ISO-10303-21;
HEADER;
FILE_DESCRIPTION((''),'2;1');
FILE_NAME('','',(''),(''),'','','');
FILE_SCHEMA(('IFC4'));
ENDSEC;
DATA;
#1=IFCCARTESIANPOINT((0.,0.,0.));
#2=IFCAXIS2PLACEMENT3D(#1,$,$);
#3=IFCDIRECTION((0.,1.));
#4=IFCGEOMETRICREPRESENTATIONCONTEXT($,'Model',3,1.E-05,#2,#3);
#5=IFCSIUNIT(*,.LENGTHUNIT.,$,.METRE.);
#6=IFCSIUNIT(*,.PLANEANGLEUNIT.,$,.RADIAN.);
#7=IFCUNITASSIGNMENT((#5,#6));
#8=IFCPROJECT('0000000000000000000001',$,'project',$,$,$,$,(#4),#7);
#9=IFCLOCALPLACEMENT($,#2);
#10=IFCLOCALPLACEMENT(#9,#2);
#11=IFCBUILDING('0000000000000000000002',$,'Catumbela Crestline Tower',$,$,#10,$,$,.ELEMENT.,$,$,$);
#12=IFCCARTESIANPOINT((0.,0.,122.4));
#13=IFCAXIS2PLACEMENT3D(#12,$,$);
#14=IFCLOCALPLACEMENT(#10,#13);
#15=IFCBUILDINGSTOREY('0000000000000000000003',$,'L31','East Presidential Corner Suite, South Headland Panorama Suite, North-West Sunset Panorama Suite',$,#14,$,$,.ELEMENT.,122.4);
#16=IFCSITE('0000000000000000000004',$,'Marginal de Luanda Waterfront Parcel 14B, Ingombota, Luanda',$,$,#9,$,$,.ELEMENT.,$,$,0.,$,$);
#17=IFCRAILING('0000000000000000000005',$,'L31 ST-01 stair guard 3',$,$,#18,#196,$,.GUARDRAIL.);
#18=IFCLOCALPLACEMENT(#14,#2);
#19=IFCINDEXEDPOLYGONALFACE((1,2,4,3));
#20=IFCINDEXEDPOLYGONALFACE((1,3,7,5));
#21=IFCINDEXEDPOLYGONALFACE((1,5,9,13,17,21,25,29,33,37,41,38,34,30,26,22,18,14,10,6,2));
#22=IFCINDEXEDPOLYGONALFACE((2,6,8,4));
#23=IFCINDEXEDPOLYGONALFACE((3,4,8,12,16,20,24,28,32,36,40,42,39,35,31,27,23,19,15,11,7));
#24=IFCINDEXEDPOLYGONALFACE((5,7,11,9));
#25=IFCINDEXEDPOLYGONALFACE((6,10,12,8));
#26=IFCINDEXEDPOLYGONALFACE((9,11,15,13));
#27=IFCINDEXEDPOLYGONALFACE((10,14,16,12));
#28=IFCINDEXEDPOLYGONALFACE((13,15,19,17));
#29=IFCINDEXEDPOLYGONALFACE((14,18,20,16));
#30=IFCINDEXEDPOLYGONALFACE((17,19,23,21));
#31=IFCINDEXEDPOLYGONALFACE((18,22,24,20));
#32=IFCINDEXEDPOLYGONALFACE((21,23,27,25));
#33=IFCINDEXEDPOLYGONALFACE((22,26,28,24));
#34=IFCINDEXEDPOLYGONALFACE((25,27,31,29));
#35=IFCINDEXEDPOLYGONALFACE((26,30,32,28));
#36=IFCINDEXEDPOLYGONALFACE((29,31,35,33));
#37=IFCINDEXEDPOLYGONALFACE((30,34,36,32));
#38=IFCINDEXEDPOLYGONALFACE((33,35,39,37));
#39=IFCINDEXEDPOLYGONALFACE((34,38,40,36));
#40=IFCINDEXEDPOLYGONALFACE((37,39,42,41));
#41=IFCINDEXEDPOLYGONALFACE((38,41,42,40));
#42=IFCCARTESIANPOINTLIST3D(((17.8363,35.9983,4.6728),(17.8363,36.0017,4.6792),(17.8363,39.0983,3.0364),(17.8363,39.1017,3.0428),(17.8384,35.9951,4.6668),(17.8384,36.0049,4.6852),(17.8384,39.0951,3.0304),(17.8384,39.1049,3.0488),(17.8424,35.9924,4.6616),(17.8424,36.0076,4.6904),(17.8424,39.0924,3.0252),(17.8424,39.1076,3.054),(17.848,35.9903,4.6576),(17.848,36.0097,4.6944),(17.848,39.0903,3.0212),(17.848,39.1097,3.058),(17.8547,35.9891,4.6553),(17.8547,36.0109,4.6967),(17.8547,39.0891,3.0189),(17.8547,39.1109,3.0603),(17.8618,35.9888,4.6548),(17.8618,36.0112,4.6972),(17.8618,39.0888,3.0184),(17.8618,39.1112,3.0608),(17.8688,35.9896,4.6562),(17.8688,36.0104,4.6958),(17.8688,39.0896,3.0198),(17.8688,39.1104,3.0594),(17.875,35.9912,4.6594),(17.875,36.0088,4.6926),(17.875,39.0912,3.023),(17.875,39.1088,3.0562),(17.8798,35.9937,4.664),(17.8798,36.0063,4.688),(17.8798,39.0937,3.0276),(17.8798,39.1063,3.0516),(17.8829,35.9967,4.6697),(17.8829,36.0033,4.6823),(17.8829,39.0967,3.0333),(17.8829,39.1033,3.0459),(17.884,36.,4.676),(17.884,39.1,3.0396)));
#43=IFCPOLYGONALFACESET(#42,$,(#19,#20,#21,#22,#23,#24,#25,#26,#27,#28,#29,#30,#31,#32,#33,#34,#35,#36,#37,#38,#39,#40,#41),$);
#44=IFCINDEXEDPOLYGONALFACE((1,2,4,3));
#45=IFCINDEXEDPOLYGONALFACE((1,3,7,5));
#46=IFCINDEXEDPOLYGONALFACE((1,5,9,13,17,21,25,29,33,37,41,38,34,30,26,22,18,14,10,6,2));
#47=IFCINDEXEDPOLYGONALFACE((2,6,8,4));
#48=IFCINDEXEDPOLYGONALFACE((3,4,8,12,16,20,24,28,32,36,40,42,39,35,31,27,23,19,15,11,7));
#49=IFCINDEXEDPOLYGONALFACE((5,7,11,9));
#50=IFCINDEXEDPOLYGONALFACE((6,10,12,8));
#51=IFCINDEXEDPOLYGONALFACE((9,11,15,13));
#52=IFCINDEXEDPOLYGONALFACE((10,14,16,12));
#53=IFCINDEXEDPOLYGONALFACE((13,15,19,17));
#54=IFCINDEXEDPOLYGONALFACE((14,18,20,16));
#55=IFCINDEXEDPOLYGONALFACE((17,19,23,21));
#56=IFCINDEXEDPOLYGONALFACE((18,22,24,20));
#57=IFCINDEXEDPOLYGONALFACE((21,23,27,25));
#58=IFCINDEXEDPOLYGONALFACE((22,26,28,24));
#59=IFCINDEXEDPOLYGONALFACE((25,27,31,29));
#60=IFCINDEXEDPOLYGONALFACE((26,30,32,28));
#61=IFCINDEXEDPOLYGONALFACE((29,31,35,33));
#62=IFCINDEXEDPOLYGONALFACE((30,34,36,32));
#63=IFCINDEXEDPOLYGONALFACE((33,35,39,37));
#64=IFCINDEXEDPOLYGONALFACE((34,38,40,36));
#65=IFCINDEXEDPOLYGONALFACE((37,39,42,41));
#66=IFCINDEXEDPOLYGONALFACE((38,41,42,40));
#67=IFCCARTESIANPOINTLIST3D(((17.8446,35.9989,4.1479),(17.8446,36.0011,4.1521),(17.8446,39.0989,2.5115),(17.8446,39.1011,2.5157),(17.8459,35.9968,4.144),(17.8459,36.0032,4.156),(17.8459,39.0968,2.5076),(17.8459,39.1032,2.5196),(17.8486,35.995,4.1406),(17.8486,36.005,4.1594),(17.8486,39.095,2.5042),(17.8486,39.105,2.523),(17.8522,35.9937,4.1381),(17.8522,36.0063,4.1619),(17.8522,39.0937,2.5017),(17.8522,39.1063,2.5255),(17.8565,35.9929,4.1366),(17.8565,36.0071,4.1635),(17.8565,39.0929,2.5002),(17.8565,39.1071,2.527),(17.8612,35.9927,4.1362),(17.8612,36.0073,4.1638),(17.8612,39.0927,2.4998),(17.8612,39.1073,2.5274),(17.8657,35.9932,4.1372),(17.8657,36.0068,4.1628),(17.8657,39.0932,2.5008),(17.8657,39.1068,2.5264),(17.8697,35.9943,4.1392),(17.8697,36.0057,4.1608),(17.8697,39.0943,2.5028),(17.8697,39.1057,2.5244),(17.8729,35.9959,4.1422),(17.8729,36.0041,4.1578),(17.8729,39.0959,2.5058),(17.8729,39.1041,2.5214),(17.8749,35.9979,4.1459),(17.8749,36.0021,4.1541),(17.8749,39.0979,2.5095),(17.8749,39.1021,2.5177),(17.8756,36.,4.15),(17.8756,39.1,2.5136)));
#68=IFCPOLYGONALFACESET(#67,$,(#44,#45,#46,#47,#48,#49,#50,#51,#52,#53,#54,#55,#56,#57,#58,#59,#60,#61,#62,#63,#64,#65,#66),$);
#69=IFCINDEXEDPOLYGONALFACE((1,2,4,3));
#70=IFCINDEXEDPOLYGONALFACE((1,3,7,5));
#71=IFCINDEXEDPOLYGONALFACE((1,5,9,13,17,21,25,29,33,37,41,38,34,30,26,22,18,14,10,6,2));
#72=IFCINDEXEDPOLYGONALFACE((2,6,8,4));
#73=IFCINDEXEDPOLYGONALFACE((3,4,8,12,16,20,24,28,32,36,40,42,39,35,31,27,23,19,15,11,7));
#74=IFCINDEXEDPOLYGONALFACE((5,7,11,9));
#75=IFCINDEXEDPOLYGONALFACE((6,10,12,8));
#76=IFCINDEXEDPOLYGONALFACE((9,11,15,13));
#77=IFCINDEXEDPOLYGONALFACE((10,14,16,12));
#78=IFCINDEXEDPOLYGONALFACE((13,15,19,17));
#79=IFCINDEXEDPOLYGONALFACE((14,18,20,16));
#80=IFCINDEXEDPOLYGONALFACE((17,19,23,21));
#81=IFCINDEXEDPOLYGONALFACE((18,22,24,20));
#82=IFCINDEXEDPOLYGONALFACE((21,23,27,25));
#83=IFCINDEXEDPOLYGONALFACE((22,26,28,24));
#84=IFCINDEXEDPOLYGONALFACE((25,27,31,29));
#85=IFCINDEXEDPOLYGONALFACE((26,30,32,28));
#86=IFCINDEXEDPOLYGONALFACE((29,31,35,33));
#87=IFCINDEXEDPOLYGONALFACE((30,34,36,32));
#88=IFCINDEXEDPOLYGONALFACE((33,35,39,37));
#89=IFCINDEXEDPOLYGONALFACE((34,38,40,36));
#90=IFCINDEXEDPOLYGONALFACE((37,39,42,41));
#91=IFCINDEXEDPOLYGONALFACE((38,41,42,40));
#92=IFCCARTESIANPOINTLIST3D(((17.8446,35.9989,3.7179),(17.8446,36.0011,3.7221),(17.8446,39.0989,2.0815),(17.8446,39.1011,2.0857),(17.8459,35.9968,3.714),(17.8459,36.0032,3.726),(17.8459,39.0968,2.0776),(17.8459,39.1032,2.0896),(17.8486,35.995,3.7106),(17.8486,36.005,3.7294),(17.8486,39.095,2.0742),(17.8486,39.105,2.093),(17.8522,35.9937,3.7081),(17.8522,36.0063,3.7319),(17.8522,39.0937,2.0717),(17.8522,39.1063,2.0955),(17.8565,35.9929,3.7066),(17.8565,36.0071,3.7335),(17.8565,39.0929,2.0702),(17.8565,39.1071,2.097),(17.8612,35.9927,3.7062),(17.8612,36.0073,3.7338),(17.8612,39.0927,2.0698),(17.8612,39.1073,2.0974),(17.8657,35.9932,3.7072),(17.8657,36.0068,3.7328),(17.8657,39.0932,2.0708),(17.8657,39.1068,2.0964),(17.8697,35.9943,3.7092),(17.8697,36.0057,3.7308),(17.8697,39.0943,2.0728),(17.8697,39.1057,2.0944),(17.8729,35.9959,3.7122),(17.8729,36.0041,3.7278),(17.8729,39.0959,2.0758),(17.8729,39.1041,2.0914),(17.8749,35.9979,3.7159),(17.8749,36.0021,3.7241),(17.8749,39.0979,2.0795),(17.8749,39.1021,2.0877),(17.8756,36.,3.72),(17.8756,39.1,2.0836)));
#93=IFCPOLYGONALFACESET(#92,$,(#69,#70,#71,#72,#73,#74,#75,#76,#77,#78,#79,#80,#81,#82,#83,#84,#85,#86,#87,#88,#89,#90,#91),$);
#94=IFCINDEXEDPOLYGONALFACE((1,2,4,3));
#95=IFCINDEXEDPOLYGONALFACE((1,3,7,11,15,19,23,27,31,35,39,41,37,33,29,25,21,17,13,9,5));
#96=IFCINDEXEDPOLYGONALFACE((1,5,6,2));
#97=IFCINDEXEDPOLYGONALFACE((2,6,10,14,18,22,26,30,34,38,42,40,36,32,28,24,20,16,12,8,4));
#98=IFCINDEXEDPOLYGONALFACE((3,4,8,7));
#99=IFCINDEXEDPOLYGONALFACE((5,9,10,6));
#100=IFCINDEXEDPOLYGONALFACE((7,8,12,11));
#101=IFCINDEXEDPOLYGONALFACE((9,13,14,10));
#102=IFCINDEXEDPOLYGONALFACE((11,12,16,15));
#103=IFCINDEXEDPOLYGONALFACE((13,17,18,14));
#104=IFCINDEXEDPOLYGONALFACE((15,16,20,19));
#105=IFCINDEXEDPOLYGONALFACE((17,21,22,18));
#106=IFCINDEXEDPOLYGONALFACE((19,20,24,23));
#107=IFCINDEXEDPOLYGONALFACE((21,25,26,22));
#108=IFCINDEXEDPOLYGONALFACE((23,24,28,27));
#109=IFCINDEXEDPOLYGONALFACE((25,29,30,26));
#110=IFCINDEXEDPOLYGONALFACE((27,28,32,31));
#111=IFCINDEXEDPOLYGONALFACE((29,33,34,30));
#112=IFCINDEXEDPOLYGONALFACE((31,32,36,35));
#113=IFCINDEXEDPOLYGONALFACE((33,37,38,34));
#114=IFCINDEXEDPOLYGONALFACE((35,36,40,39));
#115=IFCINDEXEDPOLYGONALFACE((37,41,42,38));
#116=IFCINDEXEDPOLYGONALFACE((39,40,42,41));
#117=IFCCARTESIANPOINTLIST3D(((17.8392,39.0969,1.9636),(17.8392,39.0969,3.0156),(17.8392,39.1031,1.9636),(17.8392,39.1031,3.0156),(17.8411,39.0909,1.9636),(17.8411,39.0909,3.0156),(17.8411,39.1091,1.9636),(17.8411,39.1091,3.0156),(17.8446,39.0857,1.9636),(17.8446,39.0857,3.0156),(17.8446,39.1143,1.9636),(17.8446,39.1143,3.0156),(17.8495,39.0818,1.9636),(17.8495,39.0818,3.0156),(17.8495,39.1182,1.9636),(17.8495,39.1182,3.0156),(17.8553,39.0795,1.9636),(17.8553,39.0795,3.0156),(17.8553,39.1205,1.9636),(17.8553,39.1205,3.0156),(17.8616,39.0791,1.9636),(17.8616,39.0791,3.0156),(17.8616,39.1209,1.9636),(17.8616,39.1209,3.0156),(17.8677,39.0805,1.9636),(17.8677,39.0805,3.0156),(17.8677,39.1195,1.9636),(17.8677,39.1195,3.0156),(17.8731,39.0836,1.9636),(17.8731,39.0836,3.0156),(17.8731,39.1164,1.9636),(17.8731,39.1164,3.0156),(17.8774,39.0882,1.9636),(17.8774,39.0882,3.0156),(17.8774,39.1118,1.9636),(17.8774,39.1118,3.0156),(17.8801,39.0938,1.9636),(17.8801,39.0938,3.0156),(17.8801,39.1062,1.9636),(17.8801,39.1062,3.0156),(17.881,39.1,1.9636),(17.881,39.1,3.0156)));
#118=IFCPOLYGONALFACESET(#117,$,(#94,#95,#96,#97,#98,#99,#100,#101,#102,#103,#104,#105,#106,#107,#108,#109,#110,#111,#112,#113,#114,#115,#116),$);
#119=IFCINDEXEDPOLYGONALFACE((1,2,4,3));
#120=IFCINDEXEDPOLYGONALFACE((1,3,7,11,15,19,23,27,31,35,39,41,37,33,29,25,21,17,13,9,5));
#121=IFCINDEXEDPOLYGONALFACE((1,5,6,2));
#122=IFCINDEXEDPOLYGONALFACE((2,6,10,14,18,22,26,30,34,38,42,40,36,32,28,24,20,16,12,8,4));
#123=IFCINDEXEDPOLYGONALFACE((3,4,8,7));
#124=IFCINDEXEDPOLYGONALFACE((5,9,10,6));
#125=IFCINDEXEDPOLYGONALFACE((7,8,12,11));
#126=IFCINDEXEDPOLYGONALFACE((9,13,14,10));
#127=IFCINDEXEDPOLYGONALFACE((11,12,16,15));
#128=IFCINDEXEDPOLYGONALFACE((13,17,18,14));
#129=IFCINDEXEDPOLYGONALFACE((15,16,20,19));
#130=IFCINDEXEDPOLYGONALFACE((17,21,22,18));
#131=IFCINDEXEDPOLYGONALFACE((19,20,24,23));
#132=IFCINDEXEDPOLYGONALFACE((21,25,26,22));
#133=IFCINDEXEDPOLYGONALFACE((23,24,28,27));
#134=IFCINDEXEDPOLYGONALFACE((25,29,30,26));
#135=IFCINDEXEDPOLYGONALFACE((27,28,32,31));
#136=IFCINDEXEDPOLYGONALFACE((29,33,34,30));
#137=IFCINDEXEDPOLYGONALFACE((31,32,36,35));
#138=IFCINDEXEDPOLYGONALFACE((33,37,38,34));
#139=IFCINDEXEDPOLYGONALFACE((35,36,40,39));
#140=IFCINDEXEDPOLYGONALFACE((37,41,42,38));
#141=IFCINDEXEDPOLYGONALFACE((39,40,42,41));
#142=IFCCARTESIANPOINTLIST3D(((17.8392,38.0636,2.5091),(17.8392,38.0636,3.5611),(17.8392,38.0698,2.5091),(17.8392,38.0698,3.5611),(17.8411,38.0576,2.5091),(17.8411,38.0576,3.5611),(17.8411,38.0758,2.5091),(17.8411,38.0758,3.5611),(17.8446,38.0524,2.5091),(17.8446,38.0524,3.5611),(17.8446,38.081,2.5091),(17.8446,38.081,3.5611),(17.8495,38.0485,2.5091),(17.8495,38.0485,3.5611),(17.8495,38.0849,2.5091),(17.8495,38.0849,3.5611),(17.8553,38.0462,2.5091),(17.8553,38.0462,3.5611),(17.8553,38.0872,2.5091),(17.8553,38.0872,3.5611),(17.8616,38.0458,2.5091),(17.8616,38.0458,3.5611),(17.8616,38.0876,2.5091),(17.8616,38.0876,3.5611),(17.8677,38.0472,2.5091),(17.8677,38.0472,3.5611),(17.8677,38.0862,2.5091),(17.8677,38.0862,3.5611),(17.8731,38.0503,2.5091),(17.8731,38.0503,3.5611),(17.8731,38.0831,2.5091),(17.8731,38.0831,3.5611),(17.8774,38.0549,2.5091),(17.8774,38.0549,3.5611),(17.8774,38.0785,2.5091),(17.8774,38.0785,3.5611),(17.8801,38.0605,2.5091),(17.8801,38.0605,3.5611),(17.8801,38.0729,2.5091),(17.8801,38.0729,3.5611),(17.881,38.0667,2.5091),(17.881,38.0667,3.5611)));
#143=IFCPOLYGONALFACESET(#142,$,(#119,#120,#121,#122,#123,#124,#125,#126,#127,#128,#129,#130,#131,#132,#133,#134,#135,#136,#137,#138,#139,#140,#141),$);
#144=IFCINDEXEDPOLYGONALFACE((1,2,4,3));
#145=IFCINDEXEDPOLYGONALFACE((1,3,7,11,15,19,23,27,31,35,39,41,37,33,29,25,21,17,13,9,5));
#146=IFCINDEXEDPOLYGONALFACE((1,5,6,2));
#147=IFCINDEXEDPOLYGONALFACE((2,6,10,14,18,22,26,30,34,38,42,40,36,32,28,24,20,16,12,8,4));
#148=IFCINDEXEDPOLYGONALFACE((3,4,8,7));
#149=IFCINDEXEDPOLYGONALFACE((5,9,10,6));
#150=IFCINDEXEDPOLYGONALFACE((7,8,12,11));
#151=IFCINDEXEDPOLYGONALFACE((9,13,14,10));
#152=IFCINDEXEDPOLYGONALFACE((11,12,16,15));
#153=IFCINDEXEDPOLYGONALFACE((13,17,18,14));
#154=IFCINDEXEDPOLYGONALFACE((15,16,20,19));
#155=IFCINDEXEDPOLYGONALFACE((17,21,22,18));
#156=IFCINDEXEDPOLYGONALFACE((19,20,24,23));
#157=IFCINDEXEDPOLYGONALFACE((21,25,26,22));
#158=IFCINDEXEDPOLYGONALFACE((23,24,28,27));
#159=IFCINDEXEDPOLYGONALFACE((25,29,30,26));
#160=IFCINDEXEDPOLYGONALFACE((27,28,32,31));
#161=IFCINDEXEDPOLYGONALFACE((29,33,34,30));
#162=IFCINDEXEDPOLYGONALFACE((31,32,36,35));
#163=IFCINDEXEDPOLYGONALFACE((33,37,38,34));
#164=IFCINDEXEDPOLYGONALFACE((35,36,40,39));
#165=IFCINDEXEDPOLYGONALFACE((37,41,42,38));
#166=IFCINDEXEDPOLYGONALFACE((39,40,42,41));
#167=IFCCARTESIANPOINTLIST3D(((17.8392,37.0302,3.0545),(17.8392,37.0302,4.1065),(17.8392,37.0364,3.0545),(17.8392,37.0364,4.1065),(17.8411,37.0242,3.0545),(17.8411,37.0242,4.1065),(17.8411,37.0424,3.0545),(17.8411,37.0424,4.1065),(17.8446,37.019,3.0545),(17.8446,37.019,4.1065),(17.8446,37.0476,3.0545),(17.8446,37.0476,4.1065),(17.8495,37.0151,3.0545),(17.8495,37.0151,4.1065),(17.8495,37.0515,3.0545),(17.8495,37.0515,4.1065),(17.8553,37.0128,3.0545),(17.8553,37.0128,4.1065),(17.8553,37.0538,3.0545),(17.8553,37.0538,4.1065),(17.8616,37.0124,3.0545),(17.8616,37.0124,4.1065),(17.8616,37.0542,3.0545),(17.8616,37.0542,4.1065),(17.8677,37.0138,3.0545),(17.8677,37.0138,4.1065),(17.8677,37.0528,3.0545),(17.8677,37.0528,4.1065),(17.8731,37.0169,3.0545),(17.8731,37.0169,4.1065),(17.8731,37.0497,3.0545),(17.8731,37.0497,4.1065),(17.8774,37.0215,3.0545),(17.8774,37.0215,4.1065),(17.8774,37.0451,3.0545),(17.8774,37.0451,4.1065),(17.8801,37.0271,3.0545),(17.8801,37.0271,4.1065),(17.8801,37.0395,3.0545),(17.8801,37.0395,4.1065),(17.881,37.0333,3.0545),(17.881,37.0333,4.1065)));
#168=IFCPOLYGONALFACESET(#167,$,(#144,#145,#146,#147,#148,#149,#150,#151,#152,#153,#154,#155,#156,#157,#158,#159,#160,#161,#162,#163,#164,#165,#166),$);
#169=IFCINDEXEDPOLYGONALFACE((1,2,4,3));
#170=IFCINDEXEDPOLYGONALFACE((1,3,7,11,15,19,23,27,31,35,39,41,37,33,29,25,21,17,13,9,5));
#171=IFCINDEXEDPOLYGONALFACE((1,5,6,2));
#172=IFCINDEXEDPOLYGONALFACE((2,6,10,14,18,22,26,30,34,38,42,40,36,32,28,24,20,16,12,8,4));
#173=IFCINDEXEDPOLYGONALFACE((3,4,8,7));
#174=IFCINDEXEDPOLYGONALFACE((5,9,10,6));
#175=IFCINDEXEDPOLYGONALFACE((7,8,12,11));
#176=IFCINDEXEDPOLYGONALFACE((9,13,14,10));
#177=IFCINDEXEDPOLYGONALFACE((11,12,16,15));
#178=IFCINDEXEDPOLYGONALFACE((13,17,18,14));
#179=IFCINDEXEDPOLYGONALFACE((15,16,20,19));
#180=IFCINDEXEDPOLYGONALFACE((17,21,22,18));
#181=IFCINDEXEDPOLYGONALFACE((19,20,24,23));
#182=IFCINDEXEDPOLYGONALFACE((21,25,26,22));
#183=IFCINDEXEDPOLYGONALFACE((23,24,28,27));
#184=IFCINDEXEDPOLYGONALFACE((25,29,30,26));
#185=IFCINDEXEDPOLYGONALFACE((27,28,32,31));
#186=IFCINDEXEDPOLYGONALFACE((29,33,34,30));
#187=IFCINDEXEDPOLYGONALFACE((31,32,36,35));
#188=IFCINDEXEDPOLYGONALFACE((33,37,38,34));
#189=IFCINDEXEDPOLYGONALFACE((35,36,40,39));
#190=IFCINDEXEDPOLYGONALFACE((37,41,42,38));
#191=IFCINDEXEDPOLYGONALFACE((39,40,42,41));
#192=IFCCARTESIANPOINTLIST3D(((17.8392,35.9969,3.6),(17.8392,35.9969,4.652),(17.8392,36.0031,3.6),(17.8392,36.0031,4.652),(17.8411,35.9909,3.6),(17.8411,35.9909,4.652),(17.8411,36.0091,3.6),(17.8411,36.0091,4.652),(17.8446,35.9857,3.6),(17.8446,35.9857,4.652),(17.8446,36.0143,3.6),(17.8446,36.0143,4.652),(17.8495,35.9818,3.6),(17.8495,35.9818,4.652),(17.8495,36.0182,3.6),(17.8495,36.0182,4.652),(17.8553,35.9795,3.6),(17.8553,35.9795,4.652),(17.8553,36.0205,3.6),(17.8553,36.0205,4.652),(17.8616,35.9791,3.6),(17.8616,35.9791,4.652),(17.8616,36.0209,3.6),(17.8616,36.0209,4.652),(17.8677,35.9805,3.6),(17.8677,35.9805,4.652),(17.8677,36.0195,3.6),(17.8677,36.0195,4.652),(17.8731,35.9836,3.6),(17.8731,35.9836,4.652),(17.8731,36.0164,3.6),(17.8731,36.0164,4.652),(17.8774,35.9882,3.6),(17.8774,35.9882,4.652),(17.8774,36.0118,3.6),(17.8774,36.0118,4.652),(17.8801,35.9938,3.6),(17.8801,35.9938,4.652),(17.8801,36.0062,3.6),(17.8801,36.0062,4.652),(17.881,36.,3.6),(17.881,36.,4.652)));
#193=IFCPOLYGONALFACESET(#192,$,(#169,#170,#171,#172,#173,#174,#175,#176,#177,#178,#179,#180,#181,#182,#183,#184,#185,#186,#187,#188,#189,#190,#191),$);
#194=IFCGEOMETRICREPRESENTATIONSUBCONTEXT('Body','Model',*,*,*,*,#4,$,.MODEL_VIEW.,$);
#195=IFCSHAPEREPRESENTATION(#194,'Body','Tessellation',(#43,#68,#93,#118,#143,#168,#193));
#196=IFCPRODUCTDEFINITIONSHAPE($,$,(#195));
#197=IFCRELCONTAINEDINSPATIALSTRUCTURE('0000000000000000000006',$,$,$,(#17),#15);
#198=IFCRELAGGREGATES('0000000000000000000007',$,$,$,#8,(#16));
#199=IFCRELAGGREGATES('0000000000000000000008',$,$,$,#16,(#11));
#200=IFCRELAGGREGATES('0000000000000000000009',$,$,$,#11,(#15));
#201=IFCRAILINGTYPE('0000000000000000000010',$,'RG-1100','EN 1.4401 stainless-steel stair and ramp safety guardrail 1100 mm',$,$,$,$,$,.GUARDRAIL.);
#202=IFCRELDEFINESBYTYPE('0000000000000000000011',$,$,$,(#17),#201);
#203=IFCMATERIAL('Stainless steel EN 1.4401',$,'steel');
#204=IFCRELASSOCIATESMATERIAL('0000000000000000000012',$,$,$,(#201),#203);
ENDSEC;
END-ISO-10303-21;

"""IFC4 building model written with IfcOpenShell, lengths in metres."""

from ifc_helpers import new_model, si_unit, direction, frame, origin, origin_2d, place, context, subcontext, project, spatial, circle, extrude, material, type_object, element, save


model = new_model("IFC4")

# Units and contexts
model_context = context("Model", 3, precision=1e-05, world=origin(), true_north=direction((0.0, 1.0)))
body_context = subcontext(model_context, "Body", "Model", "MODEL_VIEW")
ifc_project = project(units=[si_unit("LENGTHUNIT", "METRE"), si_unit("PLANEANGLEUNIT", "RADIAN")], contexts=[model_context])

# Site, building, storey
site_placement = place(None, origin())
site = spatial("IfcSite", under=ifc_project, at=site_placement, Name="Marginal de Luanda Waterfront Parcel 14B, Ingombota, Luanda", CompositionType="ELEMENT", RefElevation=0.0)
building_placement = place(site_placement, origin())
building = spatial("IfcBuilding", under=site, at=building_placement, Name="Catumbela Crestline Tower", CompositionType="ELEMENT")
storey_placement = place(building_placement, frame((0.0, 0.0, 122.4)))
storey = spatial("IfcBuildingStorey", under=building, at=storey_placement, Name="L31", Description="East Presidential Corner Suite, South Headland Panorama Suite, North-West Sunset Panorama Suite", CompositionType="ELEMENT", Elevation=122.4)

# Railing
ifc_material_1 = material(Name="Stainless steel EN 1.4401", Category="steel")
railing_type_1 = type_object("IfcRailingType", Name="RG-1100", Description="EN 1.4401 stainless-steel stair and ramp safety guardrail 1100 mm", PredefinedType="GUARDRAIL", material=ifc_material_1)
railing_1_placement = place(storey_placement, frame((17.86, 39.1, 1.9636)))
element("IfcRailing", 1, at=railing_1_placement, inside=storey, type_object=railing_type_1, Name="L31 ST-01 stair guard 3", PredefinedType="GUARDRAIL", context=body_context, shape_type="SweptSolid", body=[
    extrude(circle(Radius=0.024, at=origin_2d()), frame((0.0, 0.0, 1.076), z_axis=(0.0, -0.884351, 0.466823), x_axis=(1.0, 0.0, 0.0)), (0.0, 0.0, 1.0), 3.5054),
    extrude(circle(Radius=0.0156, at=origin_2d()), frame((0.0, 0.0, 0.55), z_axis=(0.0, -0.884351, 0.466823), x_axis=(1.0, 0.0, 0.0)), (0.0, 0.0, 1.0), 3.5054),
    extrude(circle(Radius=0.0156, at=origin_2d()), frame((0.0, 0.0, 0.12), z_axis=(0.0, -0.884351, 0.466823), x_axis=(1.0, 0.0, 0.0)), (0.0, 0.0, 1.0), 3.5054),
    extrude(circle(Radius=0.021, at=origin_2d()), origin(), (0.0, 0.0, 1.0), 1.052),
    extrude(circle(Radius=0.021, at=origin_2d()), frame((0.0, -1.0333, 0.5455)), (0.0, 0.0, 1.0), 1.052),
    extrude(circle(Radius=0.021, at=origin_2d()), frame((0.0, -2.0667, 1.0909)), (0.0, 0.0, 1.0), 1.052),
    extrude(circle(Radius=0.021, at=origin_2d()), frame((0.0, -3.1, 1.6364)), (0.0, 0.0, 1.0), 1.052),
])

save(model, "model.ifc")
